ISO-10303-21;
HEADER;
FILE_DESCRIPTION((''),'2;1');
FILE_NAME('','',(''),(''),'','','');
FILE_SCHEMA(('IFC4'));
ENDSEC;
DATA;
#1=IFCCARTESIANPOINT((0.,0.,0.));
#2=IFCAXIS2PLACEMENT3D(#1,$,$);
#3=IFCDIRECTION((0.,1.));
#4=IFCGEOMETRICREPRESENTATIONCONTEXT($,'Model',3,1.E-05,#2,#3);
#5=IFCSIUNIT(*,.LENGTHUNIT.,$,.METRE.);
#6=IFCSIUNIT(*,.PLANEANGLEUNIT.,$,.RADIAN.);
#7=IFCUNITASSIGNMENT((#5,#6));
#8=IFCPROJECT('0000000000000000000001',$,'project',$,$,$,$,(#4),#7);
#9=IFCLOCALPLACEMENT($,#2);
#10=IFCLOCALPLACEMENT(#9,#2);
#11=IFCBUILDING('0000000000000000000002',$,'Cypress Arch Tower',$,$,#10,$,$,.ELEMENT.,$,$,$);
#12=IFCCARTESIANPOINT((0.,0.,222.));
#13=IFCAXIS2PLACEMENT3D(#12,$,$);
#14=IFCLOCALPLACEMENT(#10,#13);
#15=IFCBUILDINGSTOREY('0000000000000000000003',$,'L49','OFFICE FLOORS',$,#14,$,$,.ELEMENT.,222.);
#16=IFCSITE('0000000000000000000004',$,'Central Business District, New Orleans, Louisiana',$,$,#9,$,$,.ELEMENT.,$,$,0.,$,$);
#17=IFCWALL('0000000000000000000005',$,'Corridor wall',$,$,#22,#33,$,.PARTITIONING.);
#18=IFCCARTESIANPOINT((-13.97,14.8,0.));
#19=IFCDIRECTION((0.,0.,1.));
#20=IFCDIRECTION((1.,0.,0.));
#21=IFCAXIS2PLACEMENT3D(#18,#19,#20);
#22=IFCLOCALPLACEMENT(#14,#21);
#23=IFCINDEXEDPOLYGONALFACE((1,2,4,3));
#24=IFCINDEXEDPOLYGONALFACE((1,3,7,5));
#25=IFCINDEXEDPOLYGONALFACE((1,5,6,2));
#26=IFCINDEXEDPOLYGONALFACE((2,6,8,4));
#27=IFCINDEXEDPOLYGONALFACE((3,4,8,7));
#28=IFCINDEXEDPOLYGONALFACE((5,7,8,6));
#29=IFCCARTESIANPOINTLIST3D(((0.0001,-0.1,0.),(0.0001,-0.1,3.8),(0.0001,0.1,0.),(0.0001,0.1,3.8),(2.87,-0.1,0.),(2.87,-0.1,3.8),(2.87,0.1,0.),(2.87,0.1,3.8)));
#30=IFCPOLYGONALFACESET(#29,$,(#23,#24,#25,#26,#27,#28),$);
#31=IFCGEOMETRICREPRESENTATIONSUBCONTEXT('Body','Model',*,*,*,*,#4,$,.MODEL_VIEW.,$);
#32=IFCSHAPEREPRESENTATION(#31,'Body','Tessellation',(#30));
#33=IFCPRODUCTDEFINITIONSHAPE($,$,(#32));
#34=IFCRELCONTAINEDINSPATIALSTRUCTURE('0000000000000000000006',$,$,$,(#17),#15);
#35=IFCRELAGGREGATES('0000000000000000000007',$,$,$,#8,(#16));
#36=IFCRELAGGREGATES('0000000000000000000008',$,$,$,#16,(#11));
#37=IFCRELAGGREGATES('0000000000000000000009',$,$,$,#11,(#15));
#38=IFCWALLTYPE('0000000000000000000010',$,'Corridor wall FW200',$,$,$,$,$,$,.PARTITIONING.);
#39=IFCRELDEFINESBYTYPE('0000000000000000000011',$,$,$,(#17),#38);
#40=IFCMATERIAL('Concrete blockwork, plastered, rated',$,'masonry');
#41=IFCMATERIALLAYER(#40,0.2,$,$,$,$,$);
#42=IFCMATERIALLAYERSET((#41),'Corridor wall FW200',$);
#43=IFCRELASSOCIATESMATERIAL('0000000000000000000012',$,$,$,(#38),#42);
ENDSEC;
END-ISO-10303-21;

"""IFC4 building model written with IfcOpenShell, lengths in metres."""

from ifc_helpers import new_model, si_unit, direction, frame, frame_2d, origin, place, context, subcontext, project, spatial, rectangle, extrude, material, layer, layer_set, type_object, element, save


model = new_model("IFC4")

# Units and contexts
model_context = context("Model", 3, precision=1e-05, world=origin(), true_north=direction((0.0, 1.0)))
body_context = subcontext(model_context, "Body", "Model", "MODEL_VIEW")
ifc_project = project(units=[si_unit("LENGTHUNIT", "METRE"), si_unit("PLANEANGLEUNIT", "RADIAN")], contexts=[model_context])

# Site, building, storey
site_placement = place(None, origin())
site = spatial("IfcSite", under=ifc_project, at=site_placement, Name="Central Business District, New Orleans, Louisiana", CompositionType="ELEMENT", RefElevation=0.0)
building_placement = place(site_placement, origin())
building = spatial("IfcBuilding", under=site, at=building_placement, Name="Cypress Arch Tower", CompositionType="ELEMENT")
storey_placement = place(building_placement, frame((0.0, 0.0, 222.0)))
storey = spatial("IfcBuildingStorey", under=building, at=storey_placement, Name="L49", Description="OFFICE FLOORS", CompositionType="ELEMENT", Elevation=222.0)

# Wall
ifc_material_1 = material(Name="Concrete blockwork, plastered, rated", Category="masonry")
ifc_layer_1 = layer(ifc_material_1, 0.2)
ifc_layer_set_1 = layer_set([ifc_layer_1], Name="Corridor wall FW200")
wall_type_1 = type_object("IfcWallType", Name="Corridor wall FW200", PredefinedType="PARTITIONING", material=ifc_layer_set_1)
wall_1_placement = place(storey_placement, frame((-13.97, 14.8, 0.0), z_axis=(0.0, 0.0, 1.0), x_axis=(1.0, 0.0, 0.0)))
element("IfcWall", 1, at=wall_1_placement, inside=storey, type_object=wall_type_1, Name="Corridor wall", PredefinedType="PARTITIONING", context=body_context, shape_type="SweptSolid", body=[
    extrude(rectangle(XDim=2.8699, YDim=0.2, at=frame_2d((1.4351, 0.0))), origin(), (0.0, 0.0, 1.0), 3.8),
])

save(model, "model.ifc")
